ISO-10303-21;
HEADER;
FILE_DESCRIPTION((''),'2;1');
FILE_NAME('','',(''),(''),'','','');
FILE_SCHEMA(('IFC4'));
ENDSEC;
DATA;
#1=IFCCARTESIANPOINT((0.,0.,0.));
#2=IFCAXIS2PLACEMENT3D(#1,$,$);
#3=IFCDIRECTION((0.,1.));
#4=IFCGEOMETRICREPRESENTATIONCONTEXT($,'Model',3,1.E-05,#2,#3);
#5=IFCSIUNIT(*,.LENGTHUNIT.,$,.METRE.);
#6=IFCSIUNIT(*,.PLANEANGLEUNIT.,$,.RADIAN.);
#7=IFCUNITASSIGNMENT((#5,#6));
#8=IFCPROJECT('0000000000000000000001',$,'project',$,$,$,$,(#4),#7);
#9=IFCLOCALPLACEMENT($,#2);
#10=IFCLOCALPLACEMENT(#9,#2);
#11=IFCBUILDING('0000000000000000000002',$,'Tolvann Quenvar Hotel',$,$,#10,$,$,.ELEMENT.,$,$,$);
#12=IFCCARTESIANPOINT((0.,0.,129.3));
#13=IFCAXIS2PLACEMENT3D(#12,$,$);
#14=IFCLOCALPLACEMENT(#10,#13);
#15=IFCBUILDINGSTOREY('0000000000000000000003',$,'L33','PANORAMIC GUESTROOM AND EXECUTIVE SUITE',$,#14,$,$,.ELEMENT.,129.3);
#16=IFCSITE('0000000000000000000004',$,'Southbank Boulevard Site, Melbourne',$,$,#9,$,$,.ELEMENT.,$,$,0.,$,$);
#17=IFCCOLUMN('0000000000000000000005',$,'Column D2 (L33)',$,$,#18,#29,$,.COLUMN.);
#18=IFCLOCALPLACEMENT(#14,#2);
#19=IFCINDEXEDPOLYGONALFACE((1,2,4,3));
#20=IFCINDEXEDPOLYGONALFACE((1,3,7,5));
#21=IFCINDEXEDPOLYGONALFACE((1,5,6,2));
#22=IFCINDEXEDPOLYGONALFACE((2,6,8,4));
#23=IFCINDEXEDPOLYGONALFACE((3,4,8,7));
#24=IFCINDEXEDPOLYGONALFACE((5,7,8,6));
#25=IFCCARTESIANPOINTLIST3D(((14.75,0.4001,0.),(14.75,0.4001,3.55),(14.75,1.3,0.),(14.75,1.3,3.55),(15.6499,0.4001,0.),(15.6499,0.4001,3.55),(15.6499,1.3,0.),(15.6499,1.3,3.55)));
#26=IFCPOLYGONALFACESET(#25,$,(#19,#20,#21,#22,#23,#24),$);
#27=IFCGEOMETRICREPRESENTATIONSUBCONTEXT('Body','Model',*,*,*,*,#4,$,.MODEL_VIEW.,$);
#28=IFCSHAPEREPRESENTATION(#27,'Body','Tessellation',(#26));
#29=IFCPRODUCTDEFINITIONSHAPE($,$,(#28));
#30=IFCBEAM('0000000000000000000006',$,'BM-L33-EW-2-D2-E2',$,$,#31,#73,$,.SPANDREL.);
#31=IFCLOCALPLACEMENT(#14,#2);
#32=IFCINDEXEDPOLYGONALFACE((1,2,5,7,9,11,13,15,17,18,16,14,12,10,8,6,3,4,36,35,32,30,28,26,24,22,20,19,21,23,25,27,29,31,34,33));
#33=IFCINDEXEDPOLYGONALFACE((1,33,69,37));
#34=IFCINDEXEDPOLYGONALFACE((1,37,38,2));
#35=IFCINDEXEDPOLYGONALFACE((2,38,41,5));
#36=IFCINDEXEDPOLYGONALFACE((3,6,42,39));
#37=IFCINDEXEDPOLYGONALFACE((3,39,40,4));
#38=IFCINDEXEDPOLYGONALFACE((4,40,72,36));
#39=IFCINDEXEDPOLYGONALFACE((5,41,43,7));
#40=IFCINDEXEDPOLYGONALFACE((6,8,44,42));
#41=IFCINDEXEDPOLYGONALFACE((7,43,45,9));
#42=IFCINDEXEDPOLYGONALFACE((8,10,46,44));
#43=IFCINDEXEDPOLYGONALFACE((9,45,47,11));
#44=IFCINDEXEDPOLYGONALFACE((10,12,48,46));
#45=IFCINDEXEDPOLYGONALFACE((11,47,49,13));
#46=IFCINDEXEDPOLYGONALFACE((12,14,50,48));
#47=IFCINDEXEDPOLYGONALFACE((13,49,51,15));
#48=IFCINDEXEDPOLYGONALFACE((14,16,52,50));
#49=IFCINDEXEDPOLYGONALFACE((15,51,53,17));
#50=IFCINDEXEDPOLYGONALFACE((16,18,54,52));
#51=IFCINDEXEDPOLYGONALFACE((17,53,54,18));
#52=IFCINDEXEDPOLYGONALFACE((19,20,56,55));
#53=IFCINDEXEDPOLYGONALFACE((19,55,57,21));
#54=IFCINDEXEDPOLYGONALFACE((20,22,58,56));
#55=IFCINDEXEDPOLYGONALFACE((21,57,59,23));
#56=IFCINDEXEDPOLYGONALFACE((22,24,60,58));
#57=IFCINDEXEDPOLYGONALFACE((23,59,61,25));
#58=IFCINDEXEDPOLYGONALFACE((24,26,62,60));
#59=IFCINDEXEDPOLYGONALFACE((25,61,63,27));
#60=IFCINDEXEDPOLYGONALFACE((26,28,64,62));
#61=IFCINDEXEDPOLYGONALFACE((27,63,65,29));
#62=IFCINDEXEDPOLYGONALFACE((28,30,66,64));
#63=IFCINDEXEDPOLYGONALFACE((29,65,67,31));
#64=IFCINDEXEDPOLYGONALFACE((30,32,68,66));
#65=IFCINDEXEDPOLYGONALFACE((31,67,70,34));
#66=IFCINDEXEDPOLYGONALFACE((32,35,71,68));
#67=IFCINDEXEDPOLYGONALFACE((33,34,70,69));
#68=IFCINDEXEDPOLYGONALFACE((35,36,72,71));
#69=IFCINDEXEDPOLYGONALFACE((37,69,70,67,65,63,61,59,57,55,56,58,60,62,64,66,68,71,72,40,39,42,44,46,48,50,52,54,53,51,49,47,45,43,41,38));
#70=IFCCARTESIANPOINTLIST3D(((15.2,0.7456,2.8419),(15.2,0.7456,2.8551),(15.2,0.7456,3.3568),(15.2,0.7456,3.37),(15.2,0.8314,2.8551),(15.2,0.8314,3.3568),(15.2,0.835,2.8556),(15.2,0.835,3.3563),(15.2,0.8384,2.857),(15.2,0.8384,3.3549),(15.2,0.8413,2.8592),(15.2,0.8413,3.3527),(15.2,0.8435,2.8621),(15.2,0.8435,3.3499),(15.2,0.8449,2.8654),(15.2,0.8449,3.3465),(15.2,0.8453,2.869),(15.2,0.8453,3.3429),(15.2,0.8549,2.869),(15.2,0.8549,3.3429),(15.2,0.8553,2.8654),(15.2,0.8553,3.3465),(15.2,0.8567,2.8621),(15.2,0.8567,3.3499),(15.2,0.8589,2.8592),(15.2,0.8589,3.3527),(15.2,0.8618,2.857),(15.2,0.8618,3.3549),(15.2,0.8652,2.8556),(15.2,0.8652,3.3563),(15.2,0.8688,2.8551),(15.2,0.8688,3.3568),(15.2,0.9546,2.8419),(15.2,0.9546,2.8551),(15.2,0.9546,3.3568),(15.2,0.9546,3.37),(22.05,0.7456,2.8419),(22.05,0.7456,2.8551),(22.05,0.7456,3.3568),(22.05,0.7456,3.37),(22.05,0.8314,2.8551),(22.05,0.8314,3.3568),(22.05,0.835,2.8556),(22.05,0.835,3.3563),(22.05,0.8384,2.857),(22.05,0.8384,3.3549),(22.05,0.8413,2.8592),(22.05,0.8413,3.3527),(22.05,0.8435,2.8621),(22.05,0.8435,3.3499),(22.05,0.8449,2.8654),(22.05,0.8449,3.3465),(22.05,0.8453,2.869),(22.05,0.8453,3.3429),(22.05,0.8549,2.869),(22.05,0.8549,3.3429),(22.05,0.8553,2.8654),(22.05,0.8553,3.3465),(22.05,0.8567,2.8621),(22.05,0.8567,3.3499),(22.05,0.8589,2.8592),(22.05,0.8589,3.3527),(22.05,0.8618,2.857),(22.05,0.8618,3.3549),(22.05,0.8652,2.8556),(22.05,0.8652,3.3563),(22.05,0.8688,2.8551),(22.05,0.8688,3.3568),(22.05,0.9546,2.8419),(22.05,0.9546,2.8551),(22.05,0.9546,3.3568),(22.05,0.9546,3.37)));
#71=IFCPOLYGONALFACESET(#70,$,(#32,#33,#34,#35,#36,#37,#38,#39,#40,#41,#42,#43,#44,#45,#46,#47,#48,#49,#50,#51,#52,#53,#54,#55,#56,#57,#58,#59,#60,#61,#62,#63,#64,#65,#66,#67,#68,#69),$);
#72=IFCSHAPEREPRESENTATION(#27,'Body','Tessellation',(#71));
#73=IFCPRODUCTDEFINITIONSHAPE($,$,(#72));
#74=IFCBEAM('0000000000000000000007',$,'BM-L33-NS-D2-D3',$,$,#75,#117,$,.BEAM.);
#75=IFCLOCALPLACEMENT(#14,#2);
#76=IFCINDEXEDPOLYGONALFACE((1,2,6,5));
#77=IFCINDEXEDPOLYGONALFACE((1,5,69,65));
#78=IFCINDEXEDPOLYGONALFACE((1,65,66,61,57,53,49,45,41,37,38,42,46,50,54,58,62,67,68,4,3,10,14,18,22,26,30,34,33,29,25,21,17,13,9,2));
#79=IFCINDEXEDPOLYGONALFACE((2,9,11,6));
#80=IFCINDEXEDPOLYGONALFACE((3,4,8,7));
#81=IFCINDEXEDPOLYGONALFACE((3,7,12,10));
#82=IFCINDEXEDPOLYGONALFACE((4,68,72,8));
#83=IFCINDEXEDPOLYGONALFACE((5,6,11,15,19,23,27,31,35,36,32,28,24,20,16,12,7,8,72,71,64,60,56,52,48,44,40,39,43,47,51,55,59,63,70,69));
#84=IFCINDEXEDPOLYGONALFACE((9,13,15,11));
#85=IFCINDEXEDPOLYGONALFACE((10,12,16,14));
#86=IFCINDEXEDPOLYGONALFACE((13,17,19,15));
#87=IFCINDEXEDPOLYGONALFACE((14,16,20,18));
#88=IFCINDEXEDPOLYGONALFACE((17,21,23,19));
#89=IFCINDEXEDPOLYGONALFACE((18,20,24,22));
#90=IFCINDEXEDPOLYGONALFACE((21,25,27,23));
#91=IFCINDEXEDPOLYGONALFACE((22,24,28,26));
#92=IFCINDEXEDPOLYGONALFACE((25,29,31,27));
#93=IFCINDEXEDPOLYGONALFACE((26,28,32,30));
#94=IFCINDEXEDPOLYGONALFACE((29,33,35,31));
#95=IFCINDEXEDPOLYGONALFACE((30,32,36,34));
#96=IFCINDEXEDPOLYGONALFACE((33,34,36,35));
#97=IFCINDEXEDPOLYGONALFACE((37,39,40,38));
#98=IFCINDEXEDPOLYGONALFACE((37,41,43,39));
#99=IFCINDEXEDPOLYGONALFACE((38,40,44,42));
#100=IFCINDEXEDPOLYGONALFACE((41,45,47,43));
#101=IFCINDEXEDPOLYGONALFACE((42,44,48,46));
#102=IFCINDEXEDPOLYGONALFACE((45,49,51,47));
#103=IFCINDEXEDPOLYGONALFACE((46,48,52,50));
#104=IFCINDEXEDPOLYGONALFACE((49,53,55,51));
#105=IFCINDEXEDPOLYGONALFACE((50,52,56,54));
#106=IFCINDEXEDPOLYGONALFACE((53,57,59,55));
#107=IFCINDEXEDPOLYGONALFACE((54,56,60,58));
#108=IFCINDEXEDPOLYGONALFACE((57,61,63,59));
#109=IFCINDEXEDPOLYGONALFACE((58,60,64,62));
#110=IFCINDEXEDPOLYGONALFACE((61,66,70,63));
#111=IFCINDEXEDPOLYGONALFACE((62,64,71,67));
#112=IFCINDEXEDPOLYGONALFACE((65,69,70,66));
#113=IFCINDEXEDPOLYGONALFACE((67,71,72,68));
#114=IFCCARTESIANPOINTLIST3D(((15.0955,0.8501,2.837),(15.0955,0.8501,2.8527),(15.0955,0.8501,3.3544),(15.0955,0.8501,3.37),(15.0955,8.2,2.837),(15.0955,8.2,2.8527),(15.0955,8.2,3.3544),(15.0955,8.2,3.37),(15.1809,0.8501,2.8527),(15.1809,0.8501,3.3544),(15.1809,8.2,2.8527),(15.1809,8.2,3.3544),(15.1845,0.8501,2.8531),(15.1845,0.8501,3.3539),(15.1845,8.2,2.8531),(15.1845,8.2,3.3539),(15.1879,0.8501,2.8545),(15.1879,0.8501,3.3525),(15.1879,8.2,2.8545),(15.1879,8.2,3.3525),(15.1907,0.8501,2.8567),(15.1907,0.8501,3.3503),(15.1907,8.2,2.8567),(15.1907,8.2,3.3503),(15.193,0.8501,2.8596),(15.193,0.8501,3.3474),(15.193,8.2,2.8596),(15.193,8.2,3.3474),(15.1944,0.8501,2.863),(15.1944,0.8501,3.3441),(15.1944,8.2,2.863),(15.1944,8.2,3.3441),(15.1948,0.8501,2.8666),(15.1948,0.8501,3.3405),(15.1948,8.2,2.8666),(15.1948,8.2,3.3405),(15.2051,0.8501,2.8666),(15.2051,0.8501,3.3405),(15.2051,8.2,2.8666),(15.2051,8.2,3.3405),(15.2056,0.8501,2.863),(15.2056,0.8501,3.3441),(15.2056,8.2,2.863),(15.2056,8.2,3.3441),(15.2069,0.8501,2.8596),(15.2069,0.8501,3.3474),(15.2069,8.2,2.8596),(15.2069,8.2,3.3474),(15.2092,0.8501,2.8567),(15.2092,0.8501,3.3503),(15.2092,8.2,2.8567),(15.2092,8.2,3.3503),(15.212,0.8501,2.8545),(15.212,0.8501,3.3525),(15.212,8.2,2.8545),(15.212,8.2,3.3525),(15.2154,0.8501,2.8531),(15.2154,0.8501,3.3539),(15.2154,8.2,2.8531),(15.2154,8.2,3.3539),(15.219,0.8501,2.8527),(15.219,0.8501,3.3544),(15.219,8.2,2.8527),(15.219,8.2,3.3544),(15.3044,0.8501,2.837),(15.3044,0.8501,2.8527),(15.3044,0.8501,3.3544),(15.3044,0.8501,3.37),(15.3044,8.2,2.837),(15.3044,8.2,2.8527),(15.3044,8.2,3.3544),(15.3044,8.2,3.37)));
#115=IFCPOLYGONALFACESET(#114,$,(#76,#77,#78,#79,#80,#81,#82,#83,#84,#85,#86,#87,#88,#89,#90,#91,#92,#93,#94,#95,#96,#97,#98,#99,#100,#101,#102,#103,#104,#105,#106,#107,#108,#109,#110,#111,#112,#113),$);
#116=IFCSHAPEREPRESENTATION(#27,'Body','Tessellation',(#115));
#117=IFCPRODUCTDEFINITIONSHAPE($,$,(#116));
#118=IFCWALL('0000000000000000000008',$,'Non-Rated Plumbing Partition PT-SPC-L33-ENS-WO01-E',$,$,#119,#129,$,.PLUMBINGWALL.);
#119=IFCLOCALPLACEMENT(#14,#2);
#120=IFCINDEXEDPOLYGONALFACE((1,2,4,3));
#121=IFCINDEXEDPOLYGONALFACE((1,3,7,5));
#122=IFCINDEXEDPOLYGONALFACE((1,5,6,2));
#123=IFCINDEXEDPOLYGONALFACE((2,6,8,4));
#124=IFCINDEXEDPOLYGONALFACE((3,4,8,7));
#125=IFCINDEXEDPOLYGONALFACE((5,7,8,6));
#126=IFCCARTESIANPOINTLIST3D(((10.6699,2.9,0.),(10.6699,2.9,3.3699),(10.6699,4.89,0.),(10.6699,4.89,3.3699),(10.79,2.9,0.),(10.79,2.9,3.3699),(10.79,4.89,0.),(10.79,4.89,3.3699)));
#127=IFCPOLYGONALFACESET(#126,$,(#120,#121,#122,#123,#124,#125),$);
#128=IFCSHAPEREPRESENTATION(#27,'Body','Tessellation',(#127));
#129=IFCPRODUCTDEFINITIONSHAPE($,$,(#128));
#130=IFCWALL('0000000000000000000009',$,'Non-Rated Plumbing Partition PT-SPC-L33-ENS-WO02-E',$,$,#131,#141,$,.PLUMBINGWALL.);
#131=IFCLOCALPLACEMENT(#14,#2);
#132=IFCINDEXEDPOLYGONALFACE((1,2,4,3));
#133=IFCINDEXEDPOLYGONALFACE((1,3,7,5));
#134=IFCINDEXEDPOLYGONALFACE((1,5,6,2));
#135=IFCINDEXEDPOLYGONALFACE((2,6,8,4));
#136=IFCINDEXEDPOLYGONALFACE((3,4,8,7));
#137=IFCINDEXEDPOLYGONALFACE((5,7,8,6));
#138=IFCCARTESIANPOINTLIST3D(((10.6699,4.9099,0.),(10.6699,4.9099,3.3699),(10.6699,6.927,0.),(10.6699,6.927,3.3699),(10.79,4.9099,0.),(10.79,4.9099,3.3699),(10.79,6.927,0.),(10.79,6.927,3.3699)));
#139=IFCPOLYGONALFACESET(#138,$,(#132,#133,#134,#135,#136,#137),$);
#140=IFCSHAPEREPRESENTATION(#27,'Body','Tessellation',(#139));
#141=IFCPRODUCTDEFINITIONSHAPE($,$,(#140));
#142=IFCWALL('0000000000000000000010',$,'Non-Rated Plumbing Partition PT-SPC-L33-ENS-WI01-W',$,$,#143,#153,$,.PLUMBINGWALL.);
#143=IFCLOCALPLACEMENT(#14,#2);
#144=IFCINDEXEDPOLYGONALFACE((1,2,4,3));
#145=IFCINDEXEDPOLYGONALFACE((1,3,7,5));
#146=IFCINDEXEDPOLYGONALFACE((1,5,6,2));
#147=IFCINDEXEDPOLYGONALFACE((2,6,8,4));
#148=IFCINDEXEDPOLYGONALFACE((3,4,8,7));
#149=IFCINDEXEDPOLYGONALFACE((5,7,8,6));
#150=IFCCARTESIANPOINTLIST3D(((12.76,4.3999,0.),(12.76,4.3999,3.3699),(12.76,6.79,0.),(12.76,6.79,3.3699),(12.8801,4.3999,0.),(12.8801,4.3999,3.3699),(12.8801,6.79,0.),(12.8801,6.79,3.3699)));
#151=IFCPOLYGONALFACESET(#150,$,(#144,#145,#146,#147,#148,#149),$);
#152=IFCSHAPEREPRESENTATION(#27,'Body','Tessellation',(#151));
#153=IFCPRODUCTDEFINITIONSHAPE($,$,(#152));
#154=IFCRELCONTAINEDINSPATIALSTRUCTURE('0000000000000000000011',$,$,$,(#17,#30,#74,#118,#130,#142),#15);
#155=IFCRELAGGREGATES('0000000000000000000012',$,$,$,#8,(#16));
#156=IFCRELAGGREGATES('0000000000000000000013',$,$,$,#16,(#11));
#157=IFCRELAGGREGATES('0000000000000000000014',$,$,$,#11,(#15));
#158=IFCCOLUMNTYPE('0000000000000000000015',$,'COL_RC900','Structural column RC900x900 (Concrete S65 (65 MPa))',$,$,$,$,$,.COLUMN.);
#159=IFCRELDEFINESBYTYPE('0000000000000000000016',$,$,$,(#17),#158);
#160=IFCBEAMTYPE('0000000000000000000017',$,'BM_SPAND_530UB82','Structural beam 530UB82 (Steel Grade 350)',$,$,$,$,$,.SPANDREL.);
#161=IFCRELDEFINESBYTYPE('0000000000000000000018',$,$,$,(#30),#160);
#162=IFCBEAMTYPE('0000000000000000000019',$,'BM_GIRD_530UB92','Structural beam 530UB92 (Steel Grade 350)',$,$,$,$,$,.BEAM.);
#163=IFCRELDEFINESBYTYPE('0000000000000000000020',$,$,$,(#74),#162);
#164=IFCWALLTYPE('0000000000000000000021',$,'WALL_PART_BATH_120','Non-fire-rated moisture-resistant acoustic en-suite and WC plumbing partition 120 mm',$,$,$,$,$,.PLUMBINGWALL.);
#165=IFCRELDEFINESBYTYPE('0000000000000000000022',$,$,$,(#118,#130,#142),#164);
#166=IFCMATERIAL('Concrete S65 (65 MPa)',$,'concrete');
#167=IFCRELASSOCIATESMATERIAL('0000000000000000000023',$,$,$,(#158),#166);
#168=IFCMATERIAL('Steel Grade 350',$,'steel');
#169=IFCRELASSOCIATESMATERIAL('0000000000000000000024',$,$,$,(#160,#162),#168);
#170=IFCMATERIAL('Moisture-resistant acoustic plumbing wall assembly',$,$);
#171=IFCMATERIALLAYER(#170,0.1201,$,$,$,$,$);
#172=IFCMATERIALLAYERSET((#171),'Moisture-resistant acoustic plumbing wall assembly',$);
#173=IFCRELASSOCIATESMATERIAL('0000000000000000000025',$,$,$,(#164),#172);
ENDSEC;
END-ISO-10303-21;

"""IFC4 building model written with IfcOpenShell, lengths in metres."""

from ifc_helpers import new_model, si_unit, direction, frame, frame_2d, origin, origin_2d, place, context, subcontext, project, spatial, rectangle, i_section, extrude, source, transform, mapped, material, layer, layer_set, material_profile, profile_set, type_object, type_shapes, element, save


model = new_model("IFC4")

# Units and contexts
model_context = context("Model", 3, precision=1e-05, world=origin(), true_north=direction((0.0, 1.0)))
body_context = subcontext(model_context, "Body", "Model", "MODEL_VIEW")
ifc_project = project(units=[si_unit("LENGTHUNIT", "METRE"), si_unit("PLANEANGLEUNIT", "RADIAN")], contexts=[model_context])

# Site, building, storey
site_placement = place(None, origin())
site = spatial("IfcSite", under=ifc_project, at=site_placement, Name="Southbank Boulevard Site, Melbourne", CompositionType="ELEMENT", RefElevation=0.0)
building_placement = place(site_placement, origin())
building = spatial("IfcBuilding", under=site, at=building_placement, Name="Tolvann Quenvar Hotel", CompositionType="ELEMENT")
storey_placement = place(building_placement, frame((0.0, 0.0, 129.3)))
storey = spatial("IfcBuildingStorey", under=building, at=storey_placement, Name="L33", Description="PANORAMIC GUESTROOM AND EXECUTIVE SUITE", CompositionType="ELEMENT", Elevation=129.3)

# Column
ifc_material_1 = material(Name="Concrete S65 (65 MPa)", Category="concrete")
ifc_material_profile_1 = material_profile(ifc_material_1, rectangle(XDim=0.8999, YDim=0.8999, at=origin_2d()), Name="RC900x900")
ifc_profile_set_1 = profile_set([ifc_material_profile_1], Name="Concrete S65 (65 MPa)")
column_type = type_object("IfcColumnType", Name="COL_RC900", Description="Structural column RC900x900 (Concrete S65 (65 MPa))", PredefinedType="COLUMN", material=ifc_profile_set_1)
shared_shape_1 = source(origin(), body_context, "Body", "SweptSolid", [
    extrude(rectangle(XDim=0.8999, YDim=0.8999, at=origin_2d()), origin(), (0.0, 0.0, 1.0), 3.55),
])
type_shapes(column_type, [shared_shape_1])
column_placement = place(storey_placement, frame((15.2, 0.8501, 0.0), z_axis=(0.0, 0.0, 1.0), x_axis=(1.0, 0.0, 0.0)))
element("IfcColumn", 1, at=column_placement, inside=storey, type_object=column_type, Name="Column D2 (L33)", PredefinedType="COLUMN", context=body_context, shape_type="MappedRepresentation", body=[
    mapped(shared_shape_1, transform((0.0, 0.0, 0.0), x_axis=(1.0, 0.0, 0.0), y_axis=(0.0, 1.0, 0.0), z_axis=(0.0, 0.0, 1.0), scale=1.0)),
])

# Beams
ifc_material_2 = material(Name="Steel Grade 350", Category="steel")
ifc_material_profile_2 = material_profile(ifc_material_2, i_section(OverallWidth=0.209, OverallDepth=0.5281, WebThickness=0.0095, FlangeThickness=0.0132, FilletRadius=0.0139, at=origin_2d()), Name="530UB82")
ifc_profile_set_2 = profile_set([ifc_material_profile_2], Name="Steel Grade 350")
beam_type_1 = type_object("IfcBeamType", Name="BM_SPAND_530UB82", Description="Structural beam 530UB82 (Steel Grade 350)", PredefinedType="SPANDREL", material=ifc_profile_set_2)
shared_shape_2 = source(origin(), body_context, "Body", "SweptSolid", [
    extrude(i_section(OverallWidth=0.209, OverallDepth=0.5281, WebThickness=0.0095, FlangeThickness=0.0132, FilletRadius=0.0139, at=origin_2d()), origin(), (0.0, 0.0, 1.0), 6.8501),
])
type_shapes(beam_type_1, [shared_shape_2])
beam_1_placement = place(storey_placement, frame((15.2, 0.8501, 3.106), z_axis=(1.0, 0.0, 0.0), x_axis=(0.0, 1.0, 0.0)))
element("IfcBeam", 2, at=beam_1_placement, inside=storey, type_object=beam_type_1, Name="BM-L33-EW-2-D2-E2", PredefinedType="SPANDREL", context=body_context, shape_type="MappedRepresentation", body=[
    mapped(shared_shape_2, transform((0.0, 0.0, 0.0), x_axis=(1.0, 0.0, 0.0), y_axis=(0.0, 1.0, 0.0), z_axis=(0.0, 0.0, 1.0), scale=1.0)),
])
ifc_material_profile_3 = material_profile(ifc_material_2, i_section(OverallWidth=0.209, OverallDepth=0.533, WebThickness=0.0103, FlangeThickness=0.0156, FilletRadius=0.0139, at=origin_2d()), Name="530UB92")
ifc_profile_set_3 = profile_set([ifc_material_profile_3], Name="Steel Grade 350")
beam_type_2 = type_object("IfcBeamType", Name="BM_GIRD_530UB92", Description="Structural beam 530UB92 (Steel Grade 350)", PredefinedType="BEAM", material=ifc_profile_set_3)
shared_shape_3 = source(origin(), body_context, "Body", "SweptSolid", [
    extrude(i_section(OverallWidth=0.209, OverallDepth=0.533, WebThickness=0.0103, FlangeThickness=0.0156, FilletRadius=0.0139, at=origin_2d()), origin(), (0.0, 0.0, 1.0), 7.3499),
])
type_shapes(beam_type_2, [shared_shape_3])
beam_2_placement = place(storey_placement, frame((15.2, 0.8501, 3.1035), z_axis=(0.0, 1.0, 0.0), x_axis=(-1.0, 0.0, 0.0)))
element("IfcBeam", 3, at=beam_2_placement, inside=storey, type_object=beam_type_2, Name="BM-L33-NS-D2-D3", PredefinedType="BEAM", context=body_context, shape_type="MappedRepresentation", body=[
    mapped(shared_shape_3, transform((0.0, 0.0, 0.0), x_axis=(1.0, 0.0, 0.0), y_axis=(0.0, 1.0, 0.0), z_axis=(0.0, 0.0, 1.0), scale=1.0)),
])

# Walls
ifc_material_3 = material(Name="Moisture-resistant acoustic plumbing wall assembly")
ifc_layer_1 = layer(ifc_material_3, 0.1201)
ifc_layer_set_1 = layer_set([ifc_layer_1], Name="Moisture-resistant acoustic plumbing wall assembly")
wall_type_1 = type_object("IfcWallType", Name="WALL_PART_BATH_120", Description="Non-fire-rated moisture-resistant acoustic en-suite and WC plumbing partition 120 mm", PredefinedType="PLUMBINGWALL", material=ifc_layer_set_1)
wall_1_placement = place(storey_placement, frame((10.73, 2.8999, 0.0), z_axis=(0.0, 0.0, 1.0), x_axis=(0.0, 1.0, 0.0)))
element("IfcWall", 4, at=wall_1_placement, inside=storey, type_object=wall_type_1, Name="Non-Rated Plumbing Partition PT-SPC-L33-ENS-WO01-E", PredefinedType="PLUMBINGWALL", context=body_context, shape_type="SweptSolid", body=[
    extrude(rectangle(XDim=1.99, YDim=0.1201, at=frame_2d((0.9951, 0.0))), origin(), (0.0, 0.0, 1.0), 3.3699),
])
wall_2_placement = place(storey_placement, frame((10.73, 4.9099, 0.0), z_axis=(0.0, 0.0, 1.0), x_axis=(0.0, 1.0, 0.0)))
element("IfcWall", 5, at=wall_2_placement, inside=storey, type_object=wall_type_1, Name="Non-Rated Plumbing Partition PT-SPC-L33-ENS-WO02-E", PredefinedType="PLUMBINGWALL", context=body_context, shape_type="SweptSolid", body=[
    extrude(rectangle(XDim=2.0171, YDim=0.1201, at=frame_2d((1.0085, 0.0))), origin(), (0.0, 0.0, 1.0), 3.3699),
])
wall_3_placement = place(storey_placement, frame((12.8201, 4.3999, 0.0), z_axis=(0.0, 0.0, 1.0), x_axis=(0.0, 1.0, 0.0)))
element("IfcWall", 6, at=wall_3_placement, inside=storey, type_object=wall_type_1, Name="Non-Rated Plumbing Partition PT-SPC-L33-ENS-WI01-W", PredefinedType="PLUMBINGWALL", context=body_context, shape_type="SweptSolid", body=[
    extrude(rectangle(XDim=2.3901, YDim=0.1201, at=frame_2d((1.1951, 0.0))), origin(), (0.0, 0.0, 1.0), 3.3699),
])

save(model, "model.ifc")
